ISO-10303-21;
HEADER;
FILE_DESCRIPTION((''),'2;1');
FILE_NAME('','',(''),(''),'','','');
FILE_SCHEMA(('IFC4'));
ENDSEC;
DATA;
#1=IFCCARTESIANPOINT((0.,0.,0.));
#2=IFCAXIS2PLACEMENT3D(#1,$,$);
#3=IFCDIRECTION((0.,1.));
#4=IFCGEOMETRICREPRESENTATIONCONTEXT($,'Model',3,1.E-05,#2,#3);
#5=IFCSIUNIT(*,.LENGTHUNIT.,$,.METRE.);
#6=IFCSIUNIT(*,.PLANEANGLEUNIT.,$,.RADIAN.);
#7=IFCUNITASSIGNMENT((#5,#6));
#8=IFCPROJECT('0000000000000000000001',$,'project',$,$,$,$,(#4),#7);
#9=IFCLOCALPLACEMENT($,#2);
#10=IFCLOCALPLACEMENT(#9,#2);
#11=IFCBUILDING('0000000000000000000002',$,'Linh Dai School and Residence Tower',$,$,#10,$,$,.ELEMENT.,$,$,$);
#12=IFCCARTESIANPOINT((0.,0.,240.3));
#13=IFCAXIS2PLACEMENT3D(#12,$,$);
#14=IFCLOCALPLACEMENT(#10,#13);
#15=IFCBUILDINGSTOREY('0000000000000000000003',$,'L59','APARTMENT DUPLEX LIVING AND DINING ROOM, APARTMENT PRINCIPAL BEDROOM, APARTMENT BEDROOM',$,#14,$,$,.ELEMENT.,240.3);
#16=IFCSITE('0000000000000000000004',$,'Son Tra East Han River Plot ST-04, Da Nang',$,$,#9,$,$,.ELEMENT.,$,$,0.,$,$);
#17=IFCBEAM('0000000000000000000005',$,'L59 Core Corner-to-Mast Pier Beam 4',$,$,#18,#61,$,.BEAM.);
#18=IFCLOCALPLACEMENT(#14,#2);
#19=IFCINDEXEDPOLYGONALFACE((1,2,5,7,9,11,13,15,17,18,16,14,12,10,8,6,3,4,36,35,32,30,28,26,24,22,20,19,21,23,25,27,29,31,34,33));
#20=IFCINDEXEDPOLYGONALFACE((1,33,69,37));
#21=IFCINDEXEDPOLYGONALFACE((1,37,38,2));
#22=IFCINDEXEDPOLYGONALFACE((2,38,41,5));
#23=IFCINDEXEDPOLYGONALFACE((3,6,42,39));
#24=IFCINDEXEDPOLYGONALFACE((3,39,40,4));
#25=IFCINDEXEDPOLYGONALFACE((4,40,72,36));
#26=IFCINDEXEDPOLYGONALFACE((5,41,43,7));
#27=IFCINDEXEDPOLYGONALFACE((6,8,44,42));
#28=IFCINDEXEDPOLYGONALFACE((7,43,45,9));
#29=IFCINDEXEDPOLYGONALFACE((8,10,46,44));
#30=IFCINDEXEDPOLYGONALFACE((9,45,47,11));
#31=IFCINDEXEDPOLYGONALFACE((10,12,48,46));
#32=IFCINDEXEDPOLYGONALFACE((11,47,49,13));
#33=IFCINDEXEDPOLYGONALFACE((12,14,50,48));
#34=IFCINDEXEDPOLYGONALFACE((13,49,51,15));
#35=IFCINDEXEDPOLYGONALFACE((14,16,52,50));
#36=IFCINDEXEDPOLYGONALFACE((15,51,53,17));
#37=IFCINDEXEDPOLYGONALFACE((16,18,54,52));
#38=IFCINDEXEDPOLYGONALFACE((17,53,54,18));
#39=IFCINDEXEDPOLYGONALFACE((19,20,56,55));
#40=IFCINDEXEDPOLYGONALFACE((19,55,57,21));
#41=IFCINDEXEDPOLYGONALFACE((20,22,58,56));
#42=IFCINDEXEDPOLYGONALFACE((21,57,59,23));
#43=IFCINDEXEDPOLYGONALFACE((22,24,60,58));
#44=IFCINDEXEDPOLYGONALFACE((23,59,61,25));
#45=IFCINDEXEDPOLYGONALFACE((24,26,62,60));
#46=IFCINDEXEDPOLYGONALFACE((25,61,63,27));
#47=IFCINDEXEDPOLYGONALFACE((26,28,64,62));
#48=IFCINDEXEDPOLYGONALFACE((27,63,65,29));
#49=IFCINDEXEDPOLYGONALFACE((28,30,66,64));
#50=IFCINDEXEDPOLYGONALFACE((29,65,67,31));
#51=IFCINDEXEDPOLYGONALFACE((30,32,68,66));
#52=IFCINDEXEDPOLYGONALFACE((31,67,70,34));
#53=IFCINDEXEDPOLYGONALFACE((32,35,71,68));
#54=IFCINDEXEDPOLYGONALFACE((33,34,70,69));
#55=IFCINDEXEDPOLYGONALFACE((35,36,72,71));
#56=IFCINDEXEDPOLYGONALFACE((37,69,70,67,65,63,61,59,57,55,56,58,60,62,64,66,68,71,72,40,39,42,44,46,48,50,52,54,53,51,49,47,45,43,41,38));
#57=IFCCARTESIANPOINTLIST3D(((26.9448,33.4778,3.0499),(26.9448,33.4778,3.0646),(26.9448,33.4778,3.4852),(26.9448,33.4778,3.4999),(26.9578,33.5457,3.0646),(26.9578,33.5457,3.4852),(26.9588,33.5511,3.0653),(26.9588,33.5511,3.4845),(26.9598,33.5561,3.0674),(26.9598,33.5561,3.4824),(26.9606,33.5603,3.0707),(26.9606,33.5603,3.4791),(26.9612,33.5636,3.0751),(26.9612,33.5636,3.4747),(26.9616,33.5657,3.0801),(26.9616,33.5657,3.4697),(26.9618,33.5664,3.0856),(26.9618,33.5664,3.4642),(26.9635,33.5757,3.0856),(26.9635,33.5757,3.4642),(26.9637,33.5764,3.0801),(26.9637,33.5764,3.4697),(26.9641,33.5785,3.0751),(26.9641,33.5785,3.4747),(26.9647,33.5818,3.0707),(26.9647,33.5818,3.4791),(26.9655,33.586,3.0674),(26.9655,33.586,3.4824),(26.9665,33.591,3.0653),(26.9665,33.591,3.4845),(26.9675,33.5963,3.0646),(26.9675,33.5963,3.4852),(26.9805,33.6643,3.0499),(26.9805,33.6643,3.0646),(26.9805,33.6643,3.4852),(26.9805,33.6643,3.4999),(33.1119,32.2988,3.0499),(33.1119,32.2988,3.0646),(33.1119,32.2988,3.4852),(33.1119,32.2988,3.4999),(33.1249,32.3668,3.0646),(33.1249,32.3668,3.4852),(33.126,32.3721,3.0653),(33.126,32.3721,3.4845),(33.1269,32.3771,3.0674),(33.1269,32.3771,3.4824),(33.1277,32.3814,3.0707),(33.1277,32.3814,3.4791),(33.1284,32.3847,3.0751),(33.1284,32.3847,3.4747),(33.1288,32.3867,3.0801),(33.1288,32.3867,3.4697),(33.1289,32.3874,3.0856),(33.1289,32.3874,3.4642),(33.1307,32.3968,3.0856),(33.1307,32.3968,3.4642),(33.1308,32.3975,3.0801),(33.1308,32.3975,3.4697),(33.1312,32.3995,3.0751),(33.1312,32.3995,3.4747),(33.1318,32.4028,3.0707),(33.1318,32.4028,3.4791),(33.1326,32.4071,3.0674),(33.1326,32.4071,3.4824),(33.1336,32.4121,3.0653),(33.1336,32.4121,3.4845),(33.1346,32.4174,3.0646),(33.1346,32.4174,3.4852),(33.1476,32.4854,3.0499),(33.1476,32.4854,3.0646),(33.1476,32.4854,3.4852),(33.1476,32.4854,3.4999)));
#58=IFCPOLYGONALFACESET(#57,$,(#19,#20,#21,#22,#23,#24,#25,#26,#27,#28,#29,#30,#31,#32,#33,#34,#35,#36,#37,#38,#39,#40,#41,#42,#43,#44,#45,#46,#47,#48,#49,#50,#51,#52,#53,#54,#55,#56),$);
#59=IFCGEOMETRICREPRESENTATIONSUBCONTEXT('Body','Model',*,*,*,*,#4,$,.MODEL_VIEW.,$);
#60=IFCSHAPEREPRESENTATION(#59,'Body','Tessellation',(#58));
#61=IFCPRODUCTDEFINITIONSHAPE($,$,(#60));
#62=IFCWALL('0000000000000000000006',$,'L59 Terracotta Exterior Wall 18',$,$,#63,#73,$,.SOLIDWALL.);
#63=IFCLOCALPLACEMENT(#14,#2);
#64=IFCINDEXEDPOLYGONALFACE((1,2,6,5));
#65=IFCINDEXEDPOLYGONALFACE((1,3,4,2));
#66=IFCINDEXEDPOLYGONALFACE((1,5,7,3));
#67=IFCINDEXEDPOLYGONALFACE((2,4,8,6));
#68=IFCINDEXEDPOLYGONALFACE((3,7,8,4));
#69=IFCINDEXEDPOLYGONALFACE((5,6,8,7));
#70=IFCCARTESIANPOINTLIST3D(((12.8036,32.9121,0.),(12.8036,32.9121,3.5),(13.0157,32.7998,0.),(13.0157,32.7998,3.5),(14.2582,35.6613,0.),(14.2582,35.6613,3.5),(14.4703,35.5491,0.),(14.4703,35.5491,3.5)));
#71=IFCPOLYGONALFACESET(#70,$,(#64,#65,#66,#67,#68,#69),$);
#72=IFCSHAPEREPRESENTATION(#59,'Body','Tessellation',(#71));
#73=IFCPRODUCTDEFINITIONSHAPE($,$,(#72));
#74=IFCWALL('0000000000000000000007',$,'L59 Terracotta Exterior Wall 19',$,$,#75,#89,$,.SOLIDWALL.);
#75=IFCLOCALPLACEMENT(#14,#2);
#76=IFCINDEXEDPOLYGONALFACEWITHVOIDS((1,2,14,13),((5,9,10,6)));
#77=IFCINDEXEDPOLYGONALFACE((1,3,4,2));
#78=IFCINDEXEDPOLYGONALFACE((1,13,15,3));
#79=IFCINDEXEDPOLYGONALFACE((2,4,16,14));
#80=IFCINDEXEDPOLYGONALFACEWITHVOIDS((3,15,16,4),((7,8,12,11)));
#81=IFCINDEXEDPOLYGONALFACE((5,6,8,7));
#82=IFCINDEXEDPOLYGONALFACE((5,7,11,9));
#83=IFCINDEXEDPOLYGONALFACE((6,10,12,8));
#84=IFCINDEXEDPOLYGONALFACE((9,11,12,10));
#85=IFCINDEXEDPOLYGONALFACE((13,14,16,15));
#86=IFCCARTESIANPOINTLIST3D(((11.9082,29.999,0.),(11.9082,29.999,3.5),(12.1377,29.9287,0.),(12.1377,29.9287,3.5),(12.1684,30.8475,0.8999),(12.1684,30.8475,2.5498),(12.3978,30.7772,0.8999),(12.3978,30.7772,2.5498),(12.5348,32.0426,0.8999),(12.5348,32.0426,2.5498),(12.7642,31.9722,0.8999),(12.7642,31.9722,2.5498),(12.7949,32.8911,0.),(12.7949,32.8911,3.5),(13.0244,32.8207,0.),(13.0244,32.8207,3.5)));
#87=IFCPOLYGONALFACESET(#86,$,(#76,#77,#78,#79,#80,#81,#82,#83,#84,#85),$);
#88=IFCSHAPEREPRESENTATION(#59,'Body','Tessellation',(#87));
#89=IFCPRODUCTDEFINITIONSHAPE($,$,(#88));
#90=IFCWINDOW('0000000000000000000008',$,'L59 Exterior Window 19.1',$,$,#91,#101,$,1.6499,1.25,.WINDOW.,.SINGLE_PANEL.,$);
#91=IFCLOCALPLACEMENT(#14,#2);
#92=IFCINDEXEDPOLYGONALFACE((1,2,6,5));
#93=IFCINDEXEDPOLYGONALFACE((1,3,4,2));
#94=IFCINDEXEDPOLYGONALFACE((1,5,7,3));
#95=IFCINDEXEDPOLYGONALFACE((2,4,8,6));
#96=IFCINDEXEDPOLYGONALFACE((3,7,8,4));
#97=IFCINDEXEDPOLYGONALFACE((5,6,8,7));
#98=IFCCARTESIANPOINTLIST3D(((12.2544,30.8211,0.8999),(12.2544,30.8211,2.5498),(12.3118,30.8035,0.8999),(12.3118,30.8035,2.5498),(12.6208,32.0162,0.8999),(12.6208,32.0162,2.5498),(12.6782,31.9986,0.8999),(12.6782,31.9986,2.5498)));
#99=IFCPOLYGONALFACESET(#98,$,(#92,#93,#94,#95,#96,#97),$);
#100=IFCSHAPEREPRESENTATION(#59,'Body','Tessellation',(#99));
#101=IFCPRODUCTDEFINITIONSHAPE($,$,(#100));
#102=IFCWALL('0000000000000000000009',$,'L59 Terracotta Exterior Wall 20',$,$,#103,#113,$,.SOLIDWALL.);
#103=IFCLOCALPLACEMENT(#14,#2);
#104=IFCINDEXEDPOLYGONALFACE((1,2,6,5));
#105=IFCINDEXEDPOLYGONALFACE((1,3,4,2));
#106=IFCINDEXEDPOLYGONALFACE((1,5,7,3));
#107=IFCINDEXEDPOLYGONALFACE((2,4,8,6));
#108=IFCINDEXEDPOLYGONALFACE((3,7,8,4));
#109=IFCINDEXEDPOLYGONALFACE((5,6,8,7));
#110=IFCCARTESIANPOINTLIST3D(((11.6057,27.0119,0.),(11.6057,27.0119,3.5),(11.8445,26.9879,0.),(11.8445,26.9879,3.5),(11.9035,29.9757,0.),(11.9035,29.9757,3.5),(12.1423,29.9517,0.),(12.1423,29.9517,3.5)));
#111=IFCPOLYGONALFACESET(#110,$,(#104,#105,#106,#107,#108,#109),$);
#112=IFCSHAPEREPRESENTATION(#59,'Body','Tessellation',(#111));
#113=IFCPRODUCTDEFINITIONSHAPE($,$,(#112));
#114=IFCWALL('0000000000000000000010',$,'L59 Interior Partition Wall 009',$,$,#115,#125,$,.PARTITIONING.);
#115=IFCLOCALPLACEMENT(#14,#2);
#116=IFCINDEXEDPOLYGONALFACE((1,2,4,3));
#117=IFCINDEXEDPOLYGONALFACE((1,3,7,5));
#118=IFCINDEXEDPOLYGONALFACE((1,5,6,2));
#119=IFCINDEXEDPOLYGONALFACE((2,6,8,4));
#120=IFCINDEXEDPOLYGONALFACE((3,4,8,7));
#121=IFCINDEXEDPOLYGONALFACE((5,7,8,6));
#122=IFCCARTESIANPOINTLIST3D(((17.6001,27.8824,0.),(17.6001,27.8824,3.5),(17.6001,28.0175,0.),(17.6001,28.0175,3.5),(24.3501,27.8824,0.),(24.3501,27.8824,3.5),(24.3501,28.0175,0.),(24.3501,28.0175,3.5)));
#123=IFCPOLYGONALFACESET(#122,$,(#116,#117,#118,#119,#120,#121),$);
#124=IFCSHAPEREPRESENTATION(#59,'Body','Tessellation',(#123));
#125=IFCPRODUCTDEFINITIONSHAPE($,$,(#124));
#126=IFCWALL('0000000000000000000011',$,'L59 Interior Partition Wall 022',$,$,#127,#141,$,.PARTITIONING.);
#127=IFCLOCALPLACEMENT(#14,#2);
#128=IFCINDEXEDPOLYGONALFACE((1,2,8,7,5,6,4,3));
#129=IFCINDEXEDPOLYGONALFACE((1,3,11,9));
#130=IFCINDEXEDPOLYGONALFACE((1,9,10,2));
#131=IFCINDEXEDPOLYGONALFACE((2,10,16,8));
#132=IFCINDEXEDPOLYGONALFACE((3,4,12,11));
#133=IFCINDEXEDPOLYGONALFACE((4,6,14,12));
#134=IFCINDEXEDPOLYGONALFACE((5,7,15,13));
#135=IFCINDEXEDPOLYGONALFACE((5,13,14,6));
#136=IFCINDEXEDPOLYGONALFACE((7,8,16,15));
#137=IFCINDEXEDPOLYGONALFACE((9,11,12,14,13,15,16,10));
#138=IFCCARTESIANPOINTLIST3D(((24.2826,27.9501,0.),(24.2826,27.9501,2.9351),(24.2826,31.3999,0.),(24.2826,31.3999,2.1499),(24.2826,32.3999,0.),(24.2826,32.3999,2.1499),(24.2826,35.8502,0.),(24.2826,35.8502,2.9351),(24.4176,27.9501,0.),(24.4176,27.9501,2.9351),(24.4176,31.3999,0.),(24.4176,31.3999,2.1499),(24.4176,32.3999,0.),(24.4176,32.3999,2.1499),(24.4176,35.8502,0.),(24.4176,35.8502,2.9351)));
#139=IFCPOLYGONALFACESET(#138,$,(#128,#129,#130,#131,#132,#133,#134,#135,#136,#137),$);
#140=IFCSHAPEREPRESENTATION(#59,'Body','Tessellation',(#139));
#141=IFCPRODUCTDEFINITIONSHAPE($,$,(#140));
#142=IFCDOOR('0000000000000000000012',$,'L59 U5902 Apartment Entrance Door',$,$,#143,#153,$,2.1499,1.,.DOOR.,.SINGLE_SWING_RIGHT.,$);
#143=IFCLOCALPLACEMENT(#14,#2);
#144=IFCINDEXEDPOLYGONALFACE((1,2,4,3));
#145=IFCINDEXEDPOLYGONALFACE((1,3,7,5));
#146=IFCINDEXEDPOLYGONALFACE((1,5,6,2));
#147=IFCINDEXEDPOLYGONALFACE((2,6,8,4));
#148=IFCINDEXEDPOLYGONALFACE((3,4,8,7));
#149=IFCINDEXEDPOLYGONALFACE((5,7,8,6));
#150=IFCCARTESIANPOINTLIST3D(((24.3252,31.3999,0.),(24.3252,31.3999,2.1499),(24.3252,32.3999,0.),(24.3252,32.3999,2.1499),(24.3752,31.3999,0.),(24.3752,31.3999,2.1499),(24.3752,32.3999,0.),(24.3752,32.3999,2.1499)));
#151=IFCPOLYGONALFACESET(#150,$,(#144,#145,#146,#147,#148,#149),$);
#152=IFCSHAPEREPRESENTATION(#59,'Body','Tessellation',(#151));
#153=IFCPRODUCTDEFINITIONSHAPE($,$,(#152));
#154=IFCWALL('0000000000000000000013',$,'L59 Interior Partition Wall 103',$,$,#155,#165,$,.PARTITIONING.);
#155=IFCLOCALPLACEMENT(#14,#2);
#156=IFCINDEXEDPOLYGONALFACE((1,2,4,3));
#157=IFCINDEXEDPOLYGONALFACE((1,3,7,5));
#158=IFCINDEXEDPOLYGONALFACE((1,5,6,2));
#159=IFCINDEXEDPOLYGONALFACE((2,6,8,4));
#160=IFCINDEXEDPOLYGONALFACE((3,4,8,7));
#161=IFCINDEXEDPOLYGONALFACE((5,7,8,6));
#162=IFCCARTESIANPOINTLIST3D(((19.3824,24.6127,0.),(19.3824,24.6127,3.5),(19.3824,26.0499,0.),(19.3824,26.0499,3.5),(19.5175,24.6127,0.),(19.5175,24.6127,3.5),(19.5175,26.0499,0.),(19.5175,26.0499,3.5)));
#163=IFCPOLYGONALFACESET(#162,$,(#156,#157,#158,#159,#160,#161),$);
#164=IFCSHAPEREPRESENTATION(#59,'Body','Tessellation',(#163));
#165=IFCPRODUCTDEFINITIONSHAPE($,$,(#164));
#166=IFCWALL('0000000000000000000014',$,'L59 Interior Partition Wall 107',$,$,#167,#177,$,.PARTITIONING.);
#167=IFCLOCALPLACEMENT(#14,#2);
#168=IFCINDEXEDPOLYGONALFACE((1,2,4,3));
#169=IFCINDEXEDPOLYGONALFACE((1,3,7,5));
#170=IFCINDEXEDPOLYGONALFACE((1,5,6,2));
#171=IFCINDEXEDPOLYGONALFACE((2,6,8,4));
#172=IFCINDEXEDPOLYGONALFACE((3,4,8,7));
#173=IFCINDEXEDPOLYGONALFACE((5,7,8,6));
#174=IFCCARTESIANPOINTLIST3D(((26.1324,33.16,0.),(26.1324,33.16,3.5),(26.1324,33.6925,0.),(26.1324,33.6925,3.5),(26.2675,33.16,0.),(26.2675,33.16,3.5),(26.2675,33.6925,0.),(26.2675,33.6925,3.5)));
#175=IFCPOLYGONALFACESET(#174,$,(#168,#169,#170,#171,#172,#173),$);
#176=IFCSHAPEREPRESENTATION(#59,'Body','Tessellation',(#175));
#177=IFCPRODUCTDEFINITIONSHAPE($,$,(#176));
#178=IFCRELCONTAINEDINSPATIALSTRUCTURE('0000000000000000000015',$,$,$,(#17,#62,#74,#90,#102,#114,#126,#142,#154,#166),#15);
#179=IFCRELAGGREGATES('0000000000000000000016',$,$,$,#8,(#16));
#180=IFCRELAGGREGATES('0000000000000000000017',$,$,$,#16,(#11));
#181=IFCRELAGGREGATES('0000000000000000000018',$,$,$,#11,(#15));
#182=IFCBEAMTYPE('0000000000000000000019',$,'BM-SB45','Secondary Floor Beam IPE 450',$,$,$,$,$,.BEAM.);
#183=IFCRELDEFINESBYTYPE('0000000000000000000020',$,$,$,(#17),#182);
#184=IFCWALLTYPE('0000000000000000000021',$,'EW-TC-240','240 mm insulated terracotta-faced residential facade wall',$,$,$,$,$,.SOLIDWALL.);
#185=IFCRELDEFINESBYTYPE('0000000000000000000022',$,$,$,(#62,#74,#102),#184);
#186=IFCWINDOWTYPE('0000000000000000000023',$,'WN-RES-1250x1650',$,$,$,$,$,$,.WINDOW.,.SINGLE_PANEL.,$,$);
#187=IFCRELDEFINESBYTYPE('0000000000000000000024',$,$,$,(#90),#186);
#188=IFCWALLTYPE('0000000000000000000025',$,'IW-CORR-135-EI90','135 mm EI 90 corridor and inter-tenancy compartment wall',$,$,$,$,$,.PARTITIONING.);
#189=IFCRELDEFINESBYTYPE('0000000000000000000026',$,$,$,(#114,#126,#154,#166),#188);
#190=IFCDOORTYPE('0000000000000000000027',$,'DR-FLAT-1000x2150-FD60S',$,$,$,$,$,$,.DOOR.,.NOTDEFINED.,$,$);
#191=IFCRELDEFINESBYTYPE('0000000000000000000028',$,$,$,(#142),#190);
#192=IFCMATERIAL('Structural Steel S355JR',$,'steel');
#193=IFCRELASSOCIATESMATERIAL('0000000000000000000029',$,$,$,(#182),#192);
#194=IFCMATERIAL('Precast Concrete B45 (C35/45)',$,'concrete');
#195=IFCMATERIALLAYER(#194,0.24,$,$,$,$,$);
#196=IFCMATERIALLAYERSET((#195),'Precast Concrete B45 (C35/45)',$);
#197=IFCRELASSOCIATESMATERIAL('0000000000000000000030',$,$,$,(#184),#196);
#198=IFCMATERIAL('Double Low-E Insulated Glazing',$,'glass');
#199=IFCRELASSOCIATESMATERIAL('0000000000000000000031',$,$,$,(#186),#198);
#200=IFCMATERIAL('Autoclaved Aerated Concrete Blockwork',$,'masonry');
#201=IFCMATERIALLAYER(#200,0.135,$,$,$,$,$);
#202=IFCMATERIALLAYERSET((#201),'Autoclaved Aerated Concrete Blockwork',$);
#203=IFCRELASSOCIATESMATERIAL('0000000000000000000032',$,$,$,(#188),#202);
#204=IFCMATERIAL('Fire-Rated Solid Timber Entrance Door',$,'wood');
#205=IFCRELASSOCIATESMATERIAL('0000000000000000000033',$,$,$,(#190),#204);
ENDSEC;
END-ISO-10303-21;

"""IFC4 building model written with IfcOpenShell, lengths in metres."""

from ifc_helpers import new_model, si_unit, direction, frame, frame_2d, origin, origin_2d, place, context, subcontext, project, spatial, rectangle, i_section, extrude, source, transform, mapped, material, layer, layer_set, material_profile, profile_set, type_object, element, fill, save


model = new_model("IFC4")

# Units and contexts
model_context = context("Model", 3, precision=1e-05, world=origin(), true_north=direction((0.0, 1.0)))
body_context = subcontext(model_context, "Body", "Model", "MODEL_VIEW")
ifc_project = project(units=[si_unit("LENGTHUNIT", "METRE"), si_unit("PLANEANGLEUNIT", "RADIAN")], contexts=[model_context])

# Site, building, storey
site_placement = place(None, origin())
site = spatial("IfcSite", under=ifc_project, at=site_placement, Name="Son Tra East Han River Plot ST-04, Da Nang", CompositionType="ELEMENT", RefElevation=0.0)
building_placement = place(site_placement, origin())
building = spatial("IfcBuilding", under=site, at=building_placement, Name="Linh Dai School and Residence Tower", CompositionType="ELEMENT")
storey_placement = place(building_placement, frame((0.0, 0.0, 240.3)))
storey = spatial("IfcBuildingStorey", under=building, at=storey_placement, Name="L59", Description="APARTMENT DUPLEX LIVING AND DINING ROOM, APARTMENT PRINCIPAL BEDROOM, APARTMENT BEDROOM", CompositionType="ELEMENT", Elevation=240.3)

# Shared definitions
ifc_material_1 = material(Name="Structural Steel S355JR", Category="steel")

# Beam
ifc_material_profile_1 = material_profile(ifc_material_1, i_section(OverallWidth=0.1899, OverallDepth=0.45, WebThickness=0.0095, FlangeThickness=0.0146, FilletRadius=0.021, at=origin_2d()), Name="IPE 450")
ifc_profile_set_1 = profile_set([ifc_material_profile_1], Name="Structural Steel S355JR")
beam_type_1 = type_object("IfcBeamType", Name="BM-SB45", Description="Secondary Floor Beam IPE 450", PredefinedType="BEAM", material=ifc_profile_set_1)
beam_1_placement = place(storey_placement, frame((26.9626, 33.571, 3.2749), z_axis=(0.982214, -0.187764, 0.0), x_axis=(0.187764, 0.982214, 0.0)))
element("IfcBeam", 1, at=beam_1_placement, inside=storey, type_object=beam_type_1, Name="L59 Core Corner-to-Mast Pier Beam 4", PredefinedType="BEAM", context=body_context, shape_type="SweptSolid", body=[
    extrude(i_section(OverallWidth=0.1899, OverallDepth=0.45, WebThickness=0.0095, FlangeThickness=0.0146, FilletRadius=0.021, at=origin_2d()), origin(), (0.0, 0.0, 1.0), 6.2788),
])

# Wall
ifc_material_2 = material(Name="Precast Concrete B45 (C35/45)", Category="concrete")
ifc_layer_1 = layer(ifc_material_2, 0.24)
ifc_layer_set_1 = layer_set([ifc_layer_1], Name="Precast Concrete B45 (C35/45)")
wall_type_1 = type_object("IfcWallType", Name="EW-TC-240", Description="240 mm insulated terracotta-faced residential facade wall", PredefinedType="SOLIDWALL", material=ifc_layer_set_1)
wall_1_placement = place(storey_placement, frame((12.9097, 32.856, 0.0), z_axis=(0.0, 0.0, 1.0), x_axis=(0.46766, 0.883908, 0.0)))
element("IfcWall", 2, at=wall_1_placement, inside=storey, type_object=wall_type_1, Name="L59 Terracotta Exterior Wall 18", PredefinedType="SOLIDWALL", context=body_context, shape_type="SweptSolid", body=[
    extrude(rectangle(XDim=3.1104, YDim=0.24, at=frame_2d((1.5552, 0.0))), origin(), (0.0, 0.0, 1.0), 3.5),
])

# Wall, opening, window
wall_2_placement = place(storey_placement, frame((12.0229, 29.9639, 0.0), z_axis=(0.0, 0.0, 1.0), x_axis=(0.293133, 0.956072, 0.0)))
wall_2 = element("IfcWall", 3, at=wall_2_placement, inside=storey, type_object=wall_type_1, Name="L59 Terracotta Exterior Wall 19", PredefinedType="SOLIDWALL", context=body_context, shape_type="SweptSolid", body=[
    extrude(rectangle(XDim=3.0249, YDim=0.24, at=frame_2d((1.5125, 0.0))), origin(), (0.0, 0.0, 1.0), 3.5),
])
opening_1_placement = place(wall_2_placement, frame((0.8875, 0.0, 0.8999)))
opening_1 = element("IfcOpeningElement", 4, at=opening_1_placement, cuts=wall_2, PredefinedType="OPENING", context=body_context, shape_type="SweptSolid", body=[
    extrude(rectangle(XDim=1.25, YDim=1.6499, at=origin_2d()), frame((0.625, 0.1299, 0.825), z_axis=(0.0, -1.0, 0.0), x_axis=(1.0, 0.0, 0.0)), (0.0, 0.0, 1.0), 0.26),
])
ifc_material_3 = material(Name="Double Low-E Insulated Glazing", Category="glass")
window_type = type_object("IfcWindowType", Name="WN-RES-1250x1650", PartitioningType="SINGLE_PANEL", PredefinedType="WINDOW", material=ifc_material_3)
shared_shape_1 = source(origin(), body_context, "Body", "SweptSolid", [
    extrude(rectangle(XDim=1.25, YDim=1.6499, at=origin_2d()), frame((0.625, 0.03, 0.825), z_axis=(0.0, -1.0, 0.0), x_axis=(1.0, 0.0, 0.0)), (0.0, 0.0, 1.0), 0.0601),
])
window_placement = place(opening_1_placement, origin())
window = element("IfcWindow", 5, at=window_placement, inside=storey, type_object=window_type, Name="L59 Exterior Window 19.1", OverallHeight=1.6499, OverallWidth=1.25, PartitioningType="SINGLE_PANEL", PredefinedType="WINDOW", context=body_context, shape_type="MappedRepresentation", body=[
    mapped(shared_shape_1, transform((0.0, 0.0, 0.0), x_axis=(1.0, 0.0, 0.0), y_axis=(0.0, 1.0, 0.0), z_axis=(0.0, 0.0, 1.0), scale=1.0)),
])
fill(opening_1, window)

# Walls
wall_3_placement = place(storey_placement, frame((11.7251, 27.0, 0.0), z_axis=(0.0, 0.0, 1.0), x_axis=(0.099991, 0.994988, 0.0)))
element("IfcWall", 6, at=wall_3_placement, inside=storey, type_object=wall_type_1, Name="L59 Terracotta Exterior Wall 20", PredefinedType="SOLIDWALL", context=body_context, shape_type="SweptSolid", body=[
    extrude(rectangle(XDim=2.9788, YDim=0.24, at=frame_2d((1.4893, 0.0))), origin(), (0.0, 0.0, 1.0), 3.5),
])
ifc_material_4 = material(Name="Autoclaved Aerated Concrete Blockwork", Category="masonry")
ifc_layer_2 = layer(ifc_material_4, 0.135)
ifc_layer_set_2 = layer_set([ifc_layer_2], Name="Autoclaved Aerated Concrete Blockwork")
wall_type_2 = type_object("IfcWallType", Name="IW-CORR-135-EI90", Description="135 mm EI 90 corridor and inter-tenancy compartment wall", PredefinedType="PARTITIONING", material=ifc_layer_set_2)
wall_4_placement = place(storey_placement, frame((17.6001, 27.95, 0.0), z_axis=(0.0, 0.0, 1.0), x_axis=(1.0, 0.0, 0.0)))
element("IfcWall", 7, at=wall_4_placement, inside=storey, type_object=wall_type_2, Name="L59 Interior Partition Wall 009", PredefinedType="PARTITIONING", context=body_context, shape_type="SweptSolid", body=[
    extrude(rectangle(XDim=6.75, YDim=0.135, at=frame_2d((3.375, 0.0))), origin(), (0.0, 0.0, 1.0), 3.5),
])

# Wall, opening, door
wall_5_placement = place(storey_placement, frame((24.3501, 27.95, 0.0), z_axis=(0.0, 0.0, 1.0), x_axis=(0.0, 1.0, 0.0)))
wall_5 = element("IfcWall", 8, at=wall_5_placement, inside=storey, type_object=wall_type_2, Name="L59 Interior Partition Wall 022", PredefinedType="PARTITIONING", context=body_context, shape_type="SweptSolid", body=[
    extrude(rectangle(XDim=7.9001, YDim=0.135, at=frame_2d((3.9502, 0.0))), origin(), (0.0, 0.0, 1.0), 2.9351),
])
opening_2_placement = place(wall_5_placement, frame((3.45, 0.0, 0.0)))
opening_2 = element("IfcOpeningElement", 9, at=opening_2_placement, cuts=wall_5, PredefinedType="OPENING", context=body_context, shape_type="SweptSolid", body=[
    extrude(rectangle(XDim=1.0, YDim=2.1499, at=origin_2d()), frame((0.5, 0.0776, 1.075), z_axis=(0.0, -1.0, 0.0), x_axis=(1.0, 0.0, 0.0)), (0.0, 0.0, 1.0), 0.155),
])
ifc_material_5 = material(Name="Fire-Rated Solid Timber Entrance Door", Category="wood")
door_type_1 = type_object("IfcDoorType", Name="DR-FLAT-1000x2150-FD60S", OperationType="NOTDEFINED", PredefinedType="DOOR", material=ifc_material_5)
shared_shape_2 = source(origin(), body_context, "Body", "SweptSolid", [
    extrude(rectangle(XDim=1.0, YDim=2.1499, at=origin_2d()), frame((0.5, 0.0249, 1.075), z_axis=(0.0, -1.0, 0.0), x_axis=(1.0, 0.0, 0.0)), (0.0, 0.0, 1.0), 0.05),
])
door_1_placement = place(opening_2_placement, origin())
door_1 = element("IfcDoor", 10, at=door_1_placement, inside=storey, type_object=door_type_1, Name="L59 U5902 Apartment Entrance Door", OperationType="SINGLE_SWING_RIGHT", OverallHeight=2.1499, OverallWidth=1.0, PredefinedType="DOOR", context=body_context, shape_type="MappedRepresentation", body=[
    mapped(shared_shape_2, transform((0.0, 0.0, 0.0), x_axis=(1.0, 0.0, 0.0), y_axis=(0.0, 1.0, 0.0), z_axis=(0.0, 0.0, 1.0), scale=1.0)),
])
fill(opening_2, door_1)

# Walls
wall_6_placement = place(storey_placement, frame((19.45, 26.05, 0.0), z_axis=(0.0, 0.0, 1.0), x_axis=(0.0, -1.0, 0.0)))
element("IfcWall", 11, at=wall_6_placement, inside=storey, type_object=wall_type_2, Name="L59 Interior Partition Wall 103", PredefinedType="PARTITIONING", context=body_context, shape_type="SweptSolid", body=[
    extrude(rectangle(XDim=1.4373, YDim=0.135, at=frame_2d((0.7188, 0.0))), origin(), (0.0, 0.0, 1.0), 3.5),
])
wall_7_placement = place(storey_placement, frame((26.2, 33.6924, 0.0), z_axis=(0.0, 0.0, 1.0), x_axis=(0.0, -1.0, 0.0)))
element("IfcWall", 12, at=wall_7_placement, inside=storey, type_object=wall_type_2, Name="L59 Interior Partition Wall 107", PredefinedType="PARTITIONING", context=body_context, shape_type="SweptSolid", body=[
    extrude(rectangle(XDim=0.5325, YDim=0.135, at=frame_2d((0.2661, 0.0))), origin(), (0.0, 0.0, 1.0), 3.5),
])

save(model, "model.ifc")
